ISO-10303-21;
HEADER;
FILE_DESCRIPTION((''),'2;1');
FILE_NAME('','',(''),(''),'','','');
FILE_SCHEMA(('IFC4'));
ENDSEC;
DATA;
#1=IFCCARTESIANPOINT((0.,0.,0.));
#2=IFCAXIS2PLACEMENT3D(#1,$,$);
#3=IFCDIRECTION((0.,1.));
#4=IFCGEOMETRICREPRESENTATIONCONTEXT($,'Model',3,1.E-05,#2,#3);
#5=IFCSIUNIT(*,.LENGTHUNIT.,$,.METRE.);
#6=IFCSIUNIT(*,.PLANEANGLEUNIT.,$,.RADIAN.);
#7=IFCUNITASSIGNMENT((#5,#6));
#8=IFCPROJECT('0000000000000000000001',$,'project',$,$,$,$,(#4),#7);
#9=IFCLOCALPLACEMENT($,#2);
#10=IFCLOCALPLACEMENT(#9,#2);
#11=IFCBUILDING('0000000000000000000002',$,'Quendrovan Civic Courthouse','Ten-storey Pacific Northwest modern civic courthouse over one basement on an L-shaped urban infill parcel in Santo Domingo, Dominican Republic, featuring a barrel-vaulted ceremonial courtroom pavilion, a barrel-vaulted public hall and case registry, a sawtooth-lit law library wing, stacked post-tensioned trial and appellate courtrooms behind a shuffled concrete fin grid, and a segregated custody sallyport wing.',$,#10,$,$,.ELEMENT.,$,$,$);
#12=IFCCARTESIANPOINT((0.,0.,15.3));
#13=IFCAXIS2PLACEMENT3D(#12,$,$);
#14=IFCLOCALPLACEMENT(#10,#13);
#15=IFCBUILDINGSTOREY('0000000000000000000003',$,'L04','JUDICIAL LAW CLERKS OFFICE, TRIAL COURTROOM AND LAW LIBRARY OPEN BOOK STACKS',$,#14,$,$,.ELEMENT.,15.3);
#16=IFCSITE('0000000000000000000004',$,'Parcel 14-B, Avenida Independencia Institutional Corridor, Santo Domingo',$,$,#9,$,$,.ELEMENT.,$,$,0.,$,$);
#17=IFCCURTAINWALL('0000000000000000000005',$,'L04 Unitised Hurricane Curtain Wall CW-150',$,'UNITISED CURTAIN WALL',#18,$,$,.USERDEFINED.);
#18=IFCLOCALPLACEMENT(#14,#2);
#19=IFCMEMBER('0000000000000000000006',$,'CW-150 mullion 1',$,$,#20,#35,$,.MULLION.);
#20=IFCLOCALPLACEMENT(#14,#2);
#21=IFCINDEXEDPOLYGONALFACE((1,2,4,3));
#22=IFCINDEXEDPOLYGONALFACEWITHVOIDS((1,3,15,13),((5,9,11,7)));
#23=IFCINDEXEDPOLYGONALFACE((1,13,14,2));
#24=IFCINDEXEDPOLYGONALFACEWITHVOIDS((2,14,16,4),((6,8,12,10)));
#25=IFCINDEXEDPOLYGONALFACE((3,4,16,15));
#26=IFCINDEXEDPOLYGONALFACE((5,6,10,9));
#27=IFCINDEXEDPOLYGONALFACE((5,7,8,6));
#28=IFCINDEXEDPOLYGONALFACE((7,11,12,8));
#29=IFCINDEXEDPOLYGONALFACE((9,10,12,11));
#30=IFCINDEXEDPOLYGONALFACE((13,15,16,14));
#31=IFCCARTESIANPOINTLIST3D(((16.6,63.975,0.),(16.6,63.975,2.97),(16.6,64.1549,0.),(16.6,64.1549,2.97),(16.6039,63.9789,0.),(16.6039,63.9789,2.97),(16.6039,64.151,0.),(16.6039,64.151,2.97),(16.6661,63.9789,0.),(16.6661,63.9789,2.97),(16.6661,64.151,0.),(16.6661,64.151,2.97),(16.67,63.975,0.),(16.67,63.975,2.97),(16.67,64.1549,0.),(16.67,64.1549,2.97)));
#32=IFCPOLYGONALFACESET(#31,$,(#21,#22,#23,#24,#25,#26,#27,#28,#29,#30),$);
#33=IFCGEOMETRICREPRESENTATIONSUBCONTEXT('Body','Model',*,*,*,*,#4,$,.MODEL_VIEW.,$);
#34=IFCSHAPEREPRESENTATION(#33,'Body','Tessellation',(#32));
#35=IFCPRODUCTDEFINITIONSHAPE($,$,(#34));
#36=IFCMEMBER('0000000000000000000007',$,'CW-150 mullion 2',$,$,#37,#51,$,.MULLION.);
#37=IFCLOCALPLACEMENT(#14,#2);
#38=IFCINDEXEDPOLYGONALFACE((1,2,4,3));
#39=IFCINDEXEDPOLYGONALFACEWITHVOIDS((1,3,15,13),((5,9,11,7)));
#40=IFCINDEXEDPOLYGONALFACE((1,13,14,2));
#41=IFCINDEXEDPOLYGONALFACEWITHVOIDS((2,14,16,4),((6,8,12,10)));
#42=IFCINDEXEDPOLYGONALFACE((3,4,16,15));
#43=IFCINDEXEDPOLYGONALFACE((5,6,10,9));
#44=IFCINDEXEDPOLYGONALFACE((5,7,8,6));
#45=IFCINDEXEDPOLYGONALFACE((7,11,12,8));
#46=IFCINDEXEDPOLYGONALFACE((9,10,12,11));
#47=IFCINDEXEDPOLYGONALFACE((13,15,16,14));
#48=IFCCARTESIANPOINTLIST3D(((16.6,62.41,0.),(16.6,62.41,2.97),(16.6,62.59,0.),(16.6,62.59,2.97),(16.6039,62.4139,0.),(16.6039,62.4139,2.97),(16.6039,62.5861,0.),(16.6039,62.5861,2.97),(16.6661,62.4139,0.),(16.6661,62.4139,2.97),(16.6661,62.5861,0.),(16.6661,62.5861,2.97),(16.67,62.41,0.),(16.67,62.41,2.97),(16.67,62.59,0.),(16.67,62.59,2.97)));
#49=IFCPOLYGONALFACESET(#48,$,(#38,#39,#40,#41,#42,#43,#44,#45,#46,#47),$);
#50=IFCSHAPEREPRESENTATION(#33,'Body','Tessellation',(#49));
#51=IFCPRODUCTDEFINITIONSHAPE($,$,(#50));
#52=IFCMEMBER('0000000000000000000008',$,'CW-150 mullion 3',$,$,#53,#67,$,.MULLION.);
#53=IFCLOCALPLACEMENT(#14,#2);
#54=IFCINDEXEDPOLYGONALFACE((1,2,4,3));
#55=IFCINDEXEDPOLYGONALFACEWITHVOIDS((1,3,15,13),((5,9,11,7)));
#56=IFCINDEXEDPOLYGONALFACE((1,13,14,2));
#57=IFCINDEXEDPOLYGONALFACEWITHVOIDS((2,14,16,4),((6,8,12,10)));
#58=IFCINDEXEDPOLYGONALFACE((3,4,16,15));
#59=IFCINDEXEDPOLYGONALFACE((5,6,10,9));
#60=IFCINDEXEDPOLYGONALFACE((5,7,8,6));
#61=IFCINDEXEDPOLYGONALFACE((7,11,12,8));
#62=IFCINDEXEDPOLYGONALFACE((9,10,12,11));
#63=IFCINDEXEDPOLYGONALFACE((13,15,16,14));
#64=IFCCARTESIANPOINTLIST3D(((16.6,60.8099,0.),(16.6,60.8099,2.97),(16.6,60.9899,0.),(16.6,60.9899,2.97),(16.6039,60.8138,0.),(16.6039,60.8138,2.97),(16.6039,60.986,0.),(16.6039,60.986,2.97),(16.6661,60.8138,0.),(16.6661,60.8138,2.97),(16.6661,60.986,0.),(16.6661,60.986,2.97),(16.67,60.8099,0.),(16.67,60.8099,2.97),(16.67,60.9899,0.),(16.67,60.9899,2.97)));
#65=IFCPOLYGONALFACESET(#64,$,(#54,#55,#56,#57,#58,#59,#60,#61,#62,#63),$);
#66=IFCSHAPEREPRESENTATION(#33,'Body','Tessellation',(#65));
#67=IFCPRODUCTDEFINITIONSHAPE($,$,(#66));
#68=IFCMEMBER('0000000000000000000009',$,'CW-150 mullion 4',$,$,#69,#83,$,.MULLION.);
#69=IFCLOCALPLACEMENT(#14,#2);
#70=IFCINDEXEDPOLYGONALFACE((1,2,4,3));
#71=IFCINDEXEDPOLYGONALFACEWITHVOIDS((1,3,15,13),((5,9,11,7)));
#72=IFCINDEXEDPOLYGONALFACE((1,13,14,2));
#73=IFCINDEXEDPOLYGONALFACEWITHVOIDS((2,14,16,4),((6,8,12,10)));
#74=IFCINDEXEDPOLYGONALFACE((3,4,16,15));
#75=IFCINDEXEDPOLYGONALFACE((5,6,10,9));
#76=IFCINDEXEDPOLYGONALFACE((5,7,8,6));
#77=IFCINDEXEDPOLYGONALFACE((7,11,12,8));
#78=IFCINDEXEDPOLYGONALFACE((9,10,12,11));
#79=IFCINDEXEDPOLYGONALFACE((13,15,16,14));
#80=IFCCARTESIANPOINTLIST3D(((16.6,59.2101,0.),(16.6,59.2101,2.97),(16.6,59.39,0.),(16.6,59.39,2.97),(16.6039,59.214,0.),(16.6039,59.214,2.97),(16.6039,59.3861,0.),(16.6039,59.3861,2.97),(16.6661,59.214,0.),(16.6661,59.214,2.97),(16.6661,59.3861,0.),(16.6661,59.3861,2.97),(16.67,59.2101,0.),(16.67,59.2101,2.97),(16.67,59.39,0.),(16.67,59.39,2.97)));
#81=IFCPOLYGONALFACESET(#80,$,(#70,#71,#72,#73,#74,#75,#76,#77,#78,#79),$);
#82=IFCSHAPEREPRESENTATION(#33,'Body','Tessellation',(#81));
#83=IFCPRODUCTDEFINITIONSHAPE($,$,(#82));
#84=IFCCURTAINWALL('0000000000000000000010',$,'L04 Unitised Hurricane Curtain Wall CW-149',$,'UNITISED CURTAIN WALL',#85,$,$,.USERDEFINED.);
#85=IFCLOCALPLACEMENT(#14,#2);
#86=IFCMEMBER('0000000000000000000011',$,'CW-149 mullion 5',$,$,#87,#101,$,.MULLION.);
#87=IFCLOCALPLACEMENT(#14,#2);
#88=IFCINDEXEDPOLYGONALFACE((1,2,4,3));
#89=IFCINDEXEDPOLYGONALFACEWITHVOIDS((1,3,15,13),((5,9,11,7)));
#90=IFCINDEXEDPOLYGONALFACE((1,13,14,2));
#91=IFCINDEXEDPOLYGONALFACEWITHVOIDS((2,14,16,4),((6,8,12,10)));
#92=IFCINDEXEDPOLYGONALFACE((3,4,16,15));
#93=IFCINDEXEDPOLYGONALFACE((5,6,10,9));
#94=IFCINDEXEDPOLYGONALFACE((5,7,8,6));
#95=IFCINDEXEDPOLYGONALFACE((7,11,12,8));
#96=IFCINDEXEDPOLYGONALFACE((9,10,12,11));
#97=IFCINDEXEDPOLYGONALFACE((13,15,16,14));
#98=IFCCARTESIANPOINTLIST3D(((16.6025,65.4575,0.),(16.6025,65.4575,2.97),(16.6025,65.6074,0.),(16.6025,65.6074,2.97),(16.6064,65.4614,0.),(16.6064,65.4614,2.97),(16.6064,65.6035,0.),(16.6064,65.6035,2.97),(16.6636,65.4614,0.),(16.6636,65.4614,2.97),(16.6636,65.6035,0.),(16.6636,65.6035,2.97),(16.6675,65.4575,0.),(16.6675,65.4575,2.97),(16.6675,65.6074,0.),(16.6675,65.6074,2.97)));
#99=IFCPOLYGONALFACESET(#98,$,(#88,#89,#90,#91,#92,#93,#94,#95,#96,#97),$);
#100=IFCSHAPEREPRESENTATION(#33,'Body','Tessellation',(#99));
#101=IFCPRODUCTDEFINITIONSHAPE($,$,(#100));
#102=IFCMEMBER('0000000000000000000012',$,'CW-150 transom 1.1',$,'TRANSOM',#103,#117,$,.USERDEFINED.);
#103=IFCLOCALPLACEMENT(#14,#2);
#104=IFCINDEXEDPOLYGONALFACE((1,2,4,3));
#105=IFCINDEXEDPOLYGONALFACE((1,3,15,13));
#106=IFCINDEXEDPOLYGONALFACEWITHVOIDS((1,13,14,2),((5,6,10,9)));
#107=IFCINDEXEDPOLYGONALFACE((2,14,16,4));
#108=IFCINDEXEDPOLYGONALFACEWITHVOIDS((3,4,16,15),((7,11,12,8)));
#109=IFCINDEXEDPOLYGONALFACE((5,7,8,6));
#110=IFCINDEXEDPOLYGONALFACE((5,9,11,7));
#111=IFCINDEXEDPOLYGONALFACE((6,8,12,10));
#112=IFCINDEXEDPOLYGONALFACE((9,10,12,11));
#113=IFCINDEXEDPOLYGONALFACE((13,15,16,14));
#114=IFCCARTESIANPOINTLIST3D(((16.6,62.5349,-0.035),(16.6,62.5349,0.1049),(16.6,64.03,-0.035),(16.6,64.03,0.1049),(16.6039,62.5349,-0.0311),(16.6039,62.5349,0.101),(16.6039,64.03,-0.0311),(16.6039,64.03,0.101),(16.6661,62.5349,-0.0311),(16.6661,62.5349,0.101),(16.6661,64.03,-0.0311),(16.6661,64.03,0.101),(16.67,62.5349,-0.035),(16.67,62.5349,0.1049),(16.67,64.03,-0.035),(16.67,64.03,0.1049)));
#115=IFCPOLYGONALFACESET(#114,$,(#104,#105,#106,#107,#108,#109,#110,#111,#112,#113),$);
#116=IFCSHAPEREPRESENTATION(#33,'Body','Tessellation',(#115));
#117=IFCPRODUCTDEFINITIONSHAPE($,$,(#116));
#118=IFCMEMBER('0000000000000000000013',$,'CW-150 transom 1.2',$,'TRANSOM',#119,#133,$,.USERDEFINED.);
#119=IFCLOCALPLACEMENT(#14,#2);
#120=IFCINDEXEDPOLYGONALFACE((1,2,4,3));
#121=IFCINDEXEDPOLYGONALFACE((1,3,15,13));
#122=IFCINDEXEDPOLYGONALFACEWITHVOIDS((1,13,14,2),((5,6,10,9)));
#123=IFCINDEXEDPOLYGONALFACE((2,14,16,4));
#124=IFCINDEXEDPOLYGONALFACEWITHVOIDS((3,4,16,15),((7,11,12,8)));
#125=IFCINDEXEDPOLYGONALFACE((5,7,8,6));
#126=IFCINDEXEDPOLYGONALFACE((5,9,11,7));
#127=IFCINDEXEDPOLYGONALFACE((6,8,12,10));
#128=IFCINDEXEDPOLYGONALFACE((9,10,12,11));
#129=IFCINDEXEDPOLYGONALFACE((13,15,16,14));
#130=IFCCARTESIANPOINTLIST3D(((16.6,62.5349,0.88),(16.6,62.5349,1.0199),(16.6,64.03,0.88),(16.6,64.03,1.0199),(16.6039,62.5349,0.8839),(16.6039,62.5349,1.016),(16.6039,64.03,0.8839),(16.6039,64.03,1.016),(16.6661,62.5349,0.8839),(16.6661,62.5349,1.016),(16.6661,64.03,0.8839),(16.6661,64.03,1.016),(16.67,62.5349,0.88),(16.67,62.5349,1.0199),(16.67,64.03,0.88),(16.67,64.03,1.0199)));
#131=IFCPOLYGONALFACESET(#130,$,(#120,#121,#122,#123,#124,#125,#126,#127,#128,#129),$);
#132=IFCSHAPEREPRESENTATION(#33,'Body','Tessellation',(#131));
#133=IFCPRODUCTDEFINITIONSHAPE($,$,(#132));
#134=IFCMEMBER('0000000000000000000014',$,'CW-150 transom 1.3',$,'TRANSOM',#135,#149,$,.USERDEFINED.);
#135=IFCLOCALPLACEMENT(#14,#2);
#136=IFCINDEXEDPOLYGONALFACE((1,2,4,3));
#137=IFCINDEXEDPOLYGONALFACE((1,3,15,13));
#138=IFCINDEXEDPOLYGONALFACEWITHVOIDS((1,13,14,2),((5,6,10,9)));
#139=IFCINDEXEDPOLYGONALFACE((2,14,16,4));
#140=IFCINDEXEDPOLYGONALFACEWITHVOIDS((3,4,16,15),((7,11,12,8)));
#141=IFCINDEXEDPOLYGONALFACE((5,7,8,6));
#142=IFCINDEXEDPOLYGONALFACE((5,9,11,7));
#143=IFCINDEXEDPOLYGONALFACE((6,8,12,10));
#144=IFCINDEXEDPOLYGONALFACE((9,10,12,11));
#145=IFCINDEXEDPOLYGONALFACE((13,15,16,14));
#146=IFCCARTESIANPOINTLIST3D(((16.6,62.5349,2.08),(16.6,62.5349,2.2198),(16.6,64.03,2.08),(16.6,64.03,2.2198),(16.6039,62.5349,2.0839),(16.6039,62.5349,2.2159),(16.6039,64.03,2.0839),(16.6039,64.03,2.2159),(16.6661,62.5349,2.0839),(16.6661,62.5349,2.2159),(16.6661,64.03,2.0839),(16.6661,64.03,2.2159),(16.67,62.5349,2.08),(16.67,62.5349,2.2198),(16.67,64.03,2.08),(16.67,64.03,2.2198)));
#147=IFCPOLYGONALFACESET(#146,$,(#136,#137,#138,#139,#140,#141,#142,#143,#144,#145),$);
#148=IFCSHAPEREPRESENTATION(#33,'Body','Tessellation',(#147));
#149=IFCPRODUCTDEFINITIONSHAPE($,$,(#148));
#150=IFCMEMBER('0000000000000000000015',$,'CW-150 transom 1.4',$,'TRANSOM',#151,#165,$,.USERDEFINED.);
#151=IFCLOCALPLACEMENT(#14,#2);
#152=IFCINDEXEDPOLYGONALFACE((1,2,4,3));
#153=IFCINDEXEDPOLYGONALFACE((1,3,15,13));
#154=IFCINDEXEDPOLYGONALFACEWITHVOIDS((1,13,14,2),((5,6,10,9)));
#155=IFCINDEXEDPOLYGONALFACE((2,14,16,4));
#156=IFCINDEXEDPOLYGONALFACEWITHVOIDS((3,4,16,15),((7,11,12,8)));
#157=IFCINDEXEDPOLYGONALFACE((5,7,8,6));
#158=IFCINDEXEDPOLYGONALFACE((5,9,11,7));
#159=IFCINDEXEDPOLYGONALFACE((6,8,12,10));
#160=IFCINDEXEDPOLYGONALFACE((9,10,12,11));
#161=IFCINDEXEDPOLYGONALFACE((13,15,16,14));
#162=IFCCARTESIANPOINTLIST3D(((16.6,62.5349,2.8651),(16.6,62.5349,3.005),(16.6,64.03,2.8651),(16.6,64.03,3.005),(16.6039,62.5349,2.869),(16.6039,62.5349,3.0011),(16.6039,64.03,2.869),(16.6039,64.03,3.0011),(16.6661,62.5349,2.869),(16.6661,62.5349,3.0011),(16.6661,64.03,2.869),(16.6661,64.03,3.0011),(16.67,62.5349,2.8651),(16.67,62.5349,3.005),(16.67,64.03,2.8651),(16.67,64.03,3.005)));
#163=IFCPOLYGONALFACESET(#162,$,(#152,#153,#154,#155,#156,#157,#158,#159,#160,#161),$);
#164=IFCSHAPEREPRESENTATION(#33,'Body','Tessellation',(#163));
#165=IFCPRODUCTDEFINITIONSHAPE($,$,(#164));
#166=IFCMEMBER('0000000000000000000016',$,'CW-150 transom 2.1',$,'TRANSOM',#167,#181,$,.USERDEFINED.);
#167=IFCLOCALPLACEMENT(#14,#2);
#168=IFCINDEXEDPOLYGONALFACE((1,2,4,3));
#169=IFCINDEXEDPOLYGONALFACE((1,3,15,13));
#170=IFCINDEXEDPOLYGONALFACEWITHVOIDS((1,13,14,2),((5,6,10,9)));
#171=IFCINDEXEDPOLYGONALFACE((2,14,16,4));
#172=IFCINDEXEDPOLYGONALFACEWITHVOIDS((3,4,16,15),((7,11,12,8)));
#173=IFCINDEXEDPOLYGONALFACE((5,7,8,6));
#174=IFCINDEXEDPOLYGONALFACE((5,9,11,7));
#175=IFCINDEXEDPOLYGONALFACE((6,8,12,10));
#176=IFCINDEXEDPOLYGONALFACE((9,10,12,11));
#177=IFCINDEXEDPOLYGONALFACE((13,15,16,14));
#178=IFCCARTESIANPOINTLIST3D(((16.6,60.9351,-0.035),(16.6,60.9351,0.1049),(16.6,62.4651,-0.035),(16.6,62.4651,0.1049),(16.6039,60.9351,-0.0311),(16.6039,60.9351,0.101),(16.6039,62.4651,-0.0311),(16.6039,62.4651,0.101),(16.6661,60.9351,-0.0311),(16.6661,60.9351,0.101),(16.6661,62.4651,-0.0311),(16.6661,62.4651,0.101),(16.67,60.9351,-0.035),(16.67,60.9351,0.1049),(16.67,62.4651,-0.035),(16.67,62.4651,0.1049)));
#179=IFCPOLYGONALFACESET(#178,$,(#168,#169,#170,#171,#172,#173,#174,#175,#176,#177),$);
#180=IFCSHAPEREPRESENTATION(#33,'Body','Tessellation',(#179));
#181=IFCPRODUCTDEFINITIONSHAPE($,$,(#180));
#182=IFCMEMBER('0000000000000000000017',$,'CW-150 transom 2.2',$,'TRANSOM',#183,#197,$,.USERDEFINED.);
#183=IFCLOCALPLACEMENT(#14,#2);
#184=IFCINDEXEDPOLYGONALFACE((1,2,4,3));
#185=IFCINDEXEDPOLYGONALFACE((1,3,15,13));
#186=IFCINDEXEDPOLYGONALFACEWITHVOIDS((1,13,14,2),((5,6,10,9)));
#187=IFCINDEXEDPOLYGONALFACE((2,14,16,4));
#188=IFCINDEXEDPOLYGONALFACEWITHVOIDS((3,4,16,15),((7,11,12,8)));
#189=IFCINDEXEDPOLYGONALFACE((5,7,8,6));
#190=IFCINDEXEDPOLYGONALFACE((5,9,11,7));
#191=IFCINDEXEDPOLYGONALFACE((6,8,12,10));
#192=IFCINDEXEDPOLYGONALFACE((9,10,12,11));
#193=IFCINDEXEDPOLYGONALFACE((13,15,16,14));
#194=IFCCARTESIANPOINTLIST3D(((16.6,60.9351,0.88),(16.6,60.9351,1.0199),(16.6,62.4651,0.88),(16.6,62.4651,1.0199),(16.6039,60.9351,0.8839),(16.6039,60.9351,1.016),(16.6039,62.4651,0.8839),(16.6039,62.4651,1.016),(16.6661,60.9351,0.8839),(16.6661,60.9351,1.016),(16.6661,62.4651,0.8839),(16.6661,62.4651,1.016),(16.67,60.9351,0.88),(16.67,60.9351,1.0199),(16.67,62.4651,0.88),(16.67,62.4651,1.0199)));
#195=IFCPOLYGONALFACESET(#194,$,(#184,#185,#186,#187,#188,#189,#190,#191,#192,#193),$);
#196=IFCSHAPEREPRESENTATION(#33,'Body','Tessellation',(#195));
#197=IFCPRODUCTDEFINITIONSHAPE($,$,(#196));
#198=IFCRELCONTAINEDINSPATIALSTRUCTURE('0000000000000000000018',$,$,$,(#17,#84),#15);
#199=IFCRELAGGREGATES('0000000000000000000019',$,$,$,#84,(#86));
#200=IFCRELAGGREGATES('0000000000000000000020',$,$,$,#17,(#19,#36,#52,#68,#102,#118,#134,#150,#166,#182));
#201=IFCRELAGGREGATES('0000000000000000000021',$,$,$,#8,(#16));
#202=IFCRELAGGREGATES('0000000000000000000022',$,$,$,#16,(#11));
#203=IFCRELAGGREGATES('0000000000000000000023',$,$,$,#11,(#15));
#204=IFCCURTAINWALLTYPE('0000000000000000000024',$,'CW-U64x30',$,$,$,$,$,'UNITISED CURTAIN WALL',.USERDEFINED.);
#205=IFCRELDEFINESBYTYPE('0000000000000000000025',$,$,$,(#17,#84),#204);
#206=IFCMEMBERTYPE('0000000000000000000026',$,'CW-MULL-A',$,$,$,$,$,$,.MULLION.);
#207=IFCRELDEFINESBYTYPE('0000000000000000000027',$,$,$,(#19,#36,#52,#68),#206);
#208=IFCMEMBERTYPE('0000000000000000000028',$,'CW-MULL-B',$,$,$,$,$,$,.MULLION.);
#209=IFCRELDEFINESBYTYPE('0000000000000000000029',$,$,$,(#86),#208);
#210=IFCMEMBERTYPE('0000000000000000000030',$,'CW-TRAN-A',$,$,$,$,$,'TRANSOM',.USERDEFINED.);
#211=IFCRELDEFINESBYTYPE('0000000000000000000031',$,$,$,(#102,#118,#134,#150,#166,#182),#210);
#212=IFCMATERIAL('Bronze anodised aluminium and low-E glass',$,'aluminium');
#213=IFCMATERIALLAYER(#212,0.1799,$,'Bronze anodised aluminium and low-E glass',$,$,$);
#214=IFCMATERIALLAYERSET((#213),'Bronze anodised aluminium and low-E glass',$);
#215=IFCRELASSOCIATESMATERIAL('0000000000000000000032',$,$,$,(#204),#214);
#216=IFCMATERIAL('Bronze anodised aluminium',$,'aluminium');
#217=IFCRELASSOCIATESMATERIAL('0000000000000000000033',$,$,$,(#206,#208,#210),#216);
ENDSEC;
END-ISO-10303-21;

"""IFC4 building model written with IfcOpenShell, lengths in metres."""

from ifc_helpers import new_model, si_unit, direction, frame, origin, origin_2d, place, context, subcontext, project, spatial, hollow_rectangle, extrude, material, layer, layer_set, material_profile, profile_set, type_object, element, aggregate, save


model = new_model("IFC4")

# Units and contexts
model_context = context("Model", 3, precision=1e-05, world=origin(), true_north=direction((0.0, 1.0)))
body_context = subcontext(model_context, "Body", "Model", "MODEL_VIEW")
ifc_project = project(units=[si_unit("LENGTHUNIT", "METRE"), si_unit("PLANEANGLEUNIT", "RADIAN")], contexts=[model_context])

# Site, building, storey
site_placement = place(None, origin())
site = spatial("IfcSite", under=ifc_project, at=site_placement, Name="Parcel 14-B, Avenida Independencia Institutional Corridor, Santo Domingo", CompositionType="ELEMENT", RefElevation=0.0)
building_placement = place(site_placement, origin())
building = spatial("IfcBuilding", under=site, at=building_placement, Name="Quendrovan Civic Courthouse", Description="Ten-storey Pacific Northwest modern civic courthouse over one basement on an L-shaped urban infill parcel in Santo Domingo, Dominican Republic, featuring a barrel-vaulted ceremonial courtroom pavilion, a barrel-vaulted public hall and case registry, a sawtooth-lit law library wing, stacked post-tensioned trial and appellate courtrooms behind a shuffled concrete fin grid, and a segregated custody sallyport wing.", CompositionType="ELEMENT")
storey_placement = place(building_placement, frame((0.0, 0.0, 15.3)))
storey = spatial("IfcBuildingStorey", under=building, at=storey_placement, Name="L04", Description="JUDICIAL LAW CLERKS OFFICE, TRIAL COURTROOM AND LAW LIBRARY OPEN BOOK STACKS", CompositionType="ELEMENT", Elevation=15.3)

# Curtain wall, members
ifc_material_1 = material(Name="Bronze anodised aluminium and low-E glass", Category="aluminium")
ifc_layer_1 = layer(ifc_material_1, 0.1799, Name="Bronze anodised aluminium and low-E glass")
ifc_layer_set_1 = layer_set([ifc_layer_1], Name="Bronze anodised aluminium and low-E glass")
curtain_wall_type = type_object("IfcCurtainWallType", Name="CW-U64x30", ElementType="UNITISED CURTAIN WALL", PredefinedType="USERDEFINED", material=ifc_layer_set_1)
curtain_wall_1_placement = place(storey_placement, origin())
curtain_wall_1 = element("IfcCurtainWall", 1, at=curtain_wall_1_placement, inside=storey, type_object=curtain_wall_type, Name="L04 Unitised Hurricane Curtain Wall CW-150", ObjectType="UNITISED CURTAIN WALL", PredefinedType="USERDEFINED")
ifc_material_2 = material(Name="Bronze anodised aluminium", Category="aluminium")
ifc_material_profile_1 = material_profile(ifc_material_2, hollow_rectangle(XDim=0.0701, YDim=0.1799, WallThickness=0.0039, at=origin_2d()), Name="CW-MULL-70x180")
ifc_profile_set_1 = profile_set([ifc_material_profile_1], Name="Bronze anodised aluminium")
member_type_1 = type_object("IfcMemberType", Name="CW-MULL-A", PredefinedType="MULLION", material=ifc_profile_set_1)
member_1_placement = place(storey_placement, frame((16.635, 64.0649, 0.0), z_axis=(0.0, 0.0, 1.0), x_axis=(1.0, 0.0, 0.0)))
member_1 = element("IfcMember", 2, at=member_1_placement, type_object=member_type_1, Name="CW-150 mullion 1", PredefinedType="MULLION", context=body_context, shape_type="SweptSolid", body=[
    extrude(hollow_rectangle(XDim=0.0701, YDim=0.1799, WallThickness=0.0039, at=origin_2d()), origin(), (0.0, 0.0, 1.0), 2.97),
])
member_2_placement = place(storey_placement, frame((16.635, 62.5, 0.0), z_axis=(0.0, 0.0, 1.0), x_axis=(1.0, 0.0, 0.0)))
member_2 = element("IfcMember", 3, at=member_2_placement, type_object=member_type_1, Name="CW-150 mullion 2", PredefinedType="MULLION", context=body_context, shape_type="SweptSolid", body=[
    extrude(hollow_rectangle(XDim=0.0701, YDim=0.1799, WallThickness=0.0039, at=origin_2d()), origin(), (0.0, 0.0, 1.0), 2.97),
])
member_3_placement = place(storey_placement, frame((16.635, 60.8999, 0.0), z_axis=(0.0, 0.0, 1.0), x_axis=(1.0, 0.0, 0.0)))
member_3 = element("IfcMember", 4, at=member_3_placement, type_object=member_type_1, Name="CW-150 mullion 3", PredefinedType="MULLION", context=body_context, shape_type="SweptSolid", body=[
    extrude(hollow_rectangle(XDim=0.0701, YDim=0.1799, WallThickness=0.0039, at=origin_2d()), origin(), (0.0, 0.0, 1.0), 2.97),
])
member_4_placement = place(storey_placement, frame((16.635, 59.3, 0.0), z_axis=(0.0, 0.0, 1.0), x_axis=(1.0, 0.0, 0.0)))
member_4 = element("IfcMember", 5, at=member_4_placement, type_object=member_type_1, Name="CW-150 mullion 4", PredefinedType="MULLION", context=body_context, shape_type="SweptSolid", body=[
    extrude(hollow_rectangle(XDim=0.0701, YDim=0.1799, WallThickness=0.0039, at=origin_2d()), origin(), (0.0, 0.0, 1.0), 2.97),
])

# Curtain wall, member
curtain_wall_2_placement = place(storey_placement, origin())
curtain_wall_2 = element("IfcCurtainWall", 6, at=curtain_wall_2_placement, inside=storey, type_object=curtain_wall_type, Name="L04 Unitised Hurricane Curtain Wall CW-149", ObjectType="UNITISED CURTAIN WALL", PredefinedType="USERDEFINED")
ifc_material_profile_2 = material_profile(ifc_material_2, hollow_rectangle(XDim=0.0649, YDim=0.1499, WallThickness=0.0039, at=origin_2d()), Name="CW-MULL-65x150")
ifc_profile_set_2 = profile_set([ifc_material_profile_2], Name="Bronze anodised aluminium")
member_type_2 = type_object("IfcMemberType", Name="CW-MULL-B", PredefinedType="MULLION", material=ifc_profile_set_2)
member_5_placement = place(storey_placement, frame((16.635, 65.5325, 0.0), z_axis=(0.0, 0.0, 1.0), x_axis=(1.0, 0.0, 0.0)))
member_5 = element("IfcMember", 7, at=member_5_placement, type_object=member_type_2, Name="CW-149 mullion 5", PredefinedType="MULLION", context=body_context, shape_type="SweptSolid", body=[
    extrude(hollow_rectangle(XDim=0.0649, YDim=0.1499, WallThickness=0.0039, at=origin_2d()), origin(), (0.0, 0.0, 1.0), 2.97),
])

# Members
ifc_material_profile_3 = material_profile(ifc_material_2, hollow_rectangle(XDim=0.0701, YDim=0.1399, WallThickness=0.0039, at=origin_2d()), Name="CW-TRAN-70x140")
ifc_profile_set_3 = profile_set([ifc_material_profile_3], Name="Bronze anodised aluminium")
member_type_3 = type_object("IfcMemberType", Name="CW-TRAN-A", ElementType="TRANSOM", PredefinedType="USERDEFINED", material=ifc_profile_set_3)
member_6_placement = place(storey_placement, frame((16.635, 64.03, 0.0349), z_axis=(0.0, -1.0, 0.0), x_axis=(1.0, 0.0, 0.0)))
member_6 = element("IfcMember", 8, at=member_6_placement, type_object=member_type_3, Name="CW-150 transom 1.1", ObjectType="TRANSOM", PredefinedType="USERDEFINED", context=body_context, shape_type="SweptSolid", body=[
    extrude(hollow_rectangle(XDim=0.0701, YDim=0.1399, WallThickness=0.0039, at=origin_2d()), origin(), (0.0, 0.0, 1.0), 1.4951),
])
member_7_placement = place(storey_placement, frame((16.635, 64.03, 0.95), z_axis=(0.0, -1.0, 0.0), x_axis=(1.0, 0.0, 0.0)))
member_7 = element("IfcMember", 9, at=member_7_placement, type_object=member_type_3, Name="CW-150 transom 1.2", ObjectType="TRANSOM", PredefinedType="USERDEFINED", context=body_context, shape_type="SweptSolid", body=[
    extrude(hollow_rectangle(XDim=0.0701, YDim=0.1399, WallThickness=0.0039, at=origin_2d()), origin(), (0.0, 0.0, 1.0), 1.4951),
])
member_8_placement = place(storey_placement, frame((16.635, 64.03, 2.1499), z_axis=(0.0, -1.0, 0.0), x_axis=(1.0, 0.0, 0.0)))
member_8 = element("IfcMember", 10, at=member_8_placement, type_object=member_type_3, Name="CW-150 transom 1.3", ObjectType="TRANSOM", PredefinedType="USERDEFINED", context=body_context, shape_type="SweptSolid", body=[
    extrude(hollow_rectangle(XDim=0.0701, YDim=0.1399, WallThickness=0.0039, at=origin_2d()), origin(), (0.0, 0.0, 1.0), 1.4951),
])
member_9_placement = place(storey_placement, frame((16.635, 64.03, 2.9351), z_axis=(0.0, -1.0, 0.0), x_axis=(1.0, 0.0, 0.0)))
member_9 = element("IfcMember", 11, at=member_9_placement, type_object=member_type_3, Name="CW-150 transom 1.4", ObjectType="TRANSOM", PredefinedType="USERDEFINED", context=body_context, shape_type="SweptSolid", body=[
    extrude(hollow_rectangle(XDim=0.0701, YDim=0.1399, WallThickness=0.0039, at=origin_2d()), origin(), (0.0, 0.0, 1.0), 1.4951),
])
member_10_placement = place(storey_placement, frame((16.635, 62.4651, 0.0349), z_axis=(0.0, -1.0, 0.0), x_axis=(1.0, 0.0, 0.0)))
member_10 = element("IfcMember", 12, at=member_10_placement, type_object=member_type_3, Name="CW-150 transom 2.1", ObjectType="TRANSOM", PredefinedType="USERDEFINED", context=body_context, shape_type="SweptSolid", body=[
    extrude(hollow_rectangle(XDim=0.0701, YDim=0.1399, WallThickness=0.0039, at=origin_2d()), origin(), (0.0, 0.0, 1.0), 1.53),
])
member_11_placement = place(storey_placement, frame((16.635, 62.4651, 0.95), z_axis=(0.0, -1.0, 0.0), x_axis=(1.0, 0.0, 0.0)))
member_11 = element("IfcMember", 13, at=member_11_placement, type_object=member_type_3, Name="CW-150 transom 2.2", ObjectType="TRANSOM", PredefinedType="USERDEFINED", context=body_context, shape_type="SweptSolid", body=[
    extrude(hollow_rectangle(XDim=0.0701, YDim=0.1399, WallThickness=0.0039, at=origin_2d()), origin(), (0.0, 0.0, 1.0), 1.53),
])

aggregate(curtain_wall_2, [member_5])
aggregate(curtain_wall_1, [member_1, member_2, member_3, member_4, member_6, member_7, member_8, member_9, member_10, member_11])

save(model, "model.ifc")
